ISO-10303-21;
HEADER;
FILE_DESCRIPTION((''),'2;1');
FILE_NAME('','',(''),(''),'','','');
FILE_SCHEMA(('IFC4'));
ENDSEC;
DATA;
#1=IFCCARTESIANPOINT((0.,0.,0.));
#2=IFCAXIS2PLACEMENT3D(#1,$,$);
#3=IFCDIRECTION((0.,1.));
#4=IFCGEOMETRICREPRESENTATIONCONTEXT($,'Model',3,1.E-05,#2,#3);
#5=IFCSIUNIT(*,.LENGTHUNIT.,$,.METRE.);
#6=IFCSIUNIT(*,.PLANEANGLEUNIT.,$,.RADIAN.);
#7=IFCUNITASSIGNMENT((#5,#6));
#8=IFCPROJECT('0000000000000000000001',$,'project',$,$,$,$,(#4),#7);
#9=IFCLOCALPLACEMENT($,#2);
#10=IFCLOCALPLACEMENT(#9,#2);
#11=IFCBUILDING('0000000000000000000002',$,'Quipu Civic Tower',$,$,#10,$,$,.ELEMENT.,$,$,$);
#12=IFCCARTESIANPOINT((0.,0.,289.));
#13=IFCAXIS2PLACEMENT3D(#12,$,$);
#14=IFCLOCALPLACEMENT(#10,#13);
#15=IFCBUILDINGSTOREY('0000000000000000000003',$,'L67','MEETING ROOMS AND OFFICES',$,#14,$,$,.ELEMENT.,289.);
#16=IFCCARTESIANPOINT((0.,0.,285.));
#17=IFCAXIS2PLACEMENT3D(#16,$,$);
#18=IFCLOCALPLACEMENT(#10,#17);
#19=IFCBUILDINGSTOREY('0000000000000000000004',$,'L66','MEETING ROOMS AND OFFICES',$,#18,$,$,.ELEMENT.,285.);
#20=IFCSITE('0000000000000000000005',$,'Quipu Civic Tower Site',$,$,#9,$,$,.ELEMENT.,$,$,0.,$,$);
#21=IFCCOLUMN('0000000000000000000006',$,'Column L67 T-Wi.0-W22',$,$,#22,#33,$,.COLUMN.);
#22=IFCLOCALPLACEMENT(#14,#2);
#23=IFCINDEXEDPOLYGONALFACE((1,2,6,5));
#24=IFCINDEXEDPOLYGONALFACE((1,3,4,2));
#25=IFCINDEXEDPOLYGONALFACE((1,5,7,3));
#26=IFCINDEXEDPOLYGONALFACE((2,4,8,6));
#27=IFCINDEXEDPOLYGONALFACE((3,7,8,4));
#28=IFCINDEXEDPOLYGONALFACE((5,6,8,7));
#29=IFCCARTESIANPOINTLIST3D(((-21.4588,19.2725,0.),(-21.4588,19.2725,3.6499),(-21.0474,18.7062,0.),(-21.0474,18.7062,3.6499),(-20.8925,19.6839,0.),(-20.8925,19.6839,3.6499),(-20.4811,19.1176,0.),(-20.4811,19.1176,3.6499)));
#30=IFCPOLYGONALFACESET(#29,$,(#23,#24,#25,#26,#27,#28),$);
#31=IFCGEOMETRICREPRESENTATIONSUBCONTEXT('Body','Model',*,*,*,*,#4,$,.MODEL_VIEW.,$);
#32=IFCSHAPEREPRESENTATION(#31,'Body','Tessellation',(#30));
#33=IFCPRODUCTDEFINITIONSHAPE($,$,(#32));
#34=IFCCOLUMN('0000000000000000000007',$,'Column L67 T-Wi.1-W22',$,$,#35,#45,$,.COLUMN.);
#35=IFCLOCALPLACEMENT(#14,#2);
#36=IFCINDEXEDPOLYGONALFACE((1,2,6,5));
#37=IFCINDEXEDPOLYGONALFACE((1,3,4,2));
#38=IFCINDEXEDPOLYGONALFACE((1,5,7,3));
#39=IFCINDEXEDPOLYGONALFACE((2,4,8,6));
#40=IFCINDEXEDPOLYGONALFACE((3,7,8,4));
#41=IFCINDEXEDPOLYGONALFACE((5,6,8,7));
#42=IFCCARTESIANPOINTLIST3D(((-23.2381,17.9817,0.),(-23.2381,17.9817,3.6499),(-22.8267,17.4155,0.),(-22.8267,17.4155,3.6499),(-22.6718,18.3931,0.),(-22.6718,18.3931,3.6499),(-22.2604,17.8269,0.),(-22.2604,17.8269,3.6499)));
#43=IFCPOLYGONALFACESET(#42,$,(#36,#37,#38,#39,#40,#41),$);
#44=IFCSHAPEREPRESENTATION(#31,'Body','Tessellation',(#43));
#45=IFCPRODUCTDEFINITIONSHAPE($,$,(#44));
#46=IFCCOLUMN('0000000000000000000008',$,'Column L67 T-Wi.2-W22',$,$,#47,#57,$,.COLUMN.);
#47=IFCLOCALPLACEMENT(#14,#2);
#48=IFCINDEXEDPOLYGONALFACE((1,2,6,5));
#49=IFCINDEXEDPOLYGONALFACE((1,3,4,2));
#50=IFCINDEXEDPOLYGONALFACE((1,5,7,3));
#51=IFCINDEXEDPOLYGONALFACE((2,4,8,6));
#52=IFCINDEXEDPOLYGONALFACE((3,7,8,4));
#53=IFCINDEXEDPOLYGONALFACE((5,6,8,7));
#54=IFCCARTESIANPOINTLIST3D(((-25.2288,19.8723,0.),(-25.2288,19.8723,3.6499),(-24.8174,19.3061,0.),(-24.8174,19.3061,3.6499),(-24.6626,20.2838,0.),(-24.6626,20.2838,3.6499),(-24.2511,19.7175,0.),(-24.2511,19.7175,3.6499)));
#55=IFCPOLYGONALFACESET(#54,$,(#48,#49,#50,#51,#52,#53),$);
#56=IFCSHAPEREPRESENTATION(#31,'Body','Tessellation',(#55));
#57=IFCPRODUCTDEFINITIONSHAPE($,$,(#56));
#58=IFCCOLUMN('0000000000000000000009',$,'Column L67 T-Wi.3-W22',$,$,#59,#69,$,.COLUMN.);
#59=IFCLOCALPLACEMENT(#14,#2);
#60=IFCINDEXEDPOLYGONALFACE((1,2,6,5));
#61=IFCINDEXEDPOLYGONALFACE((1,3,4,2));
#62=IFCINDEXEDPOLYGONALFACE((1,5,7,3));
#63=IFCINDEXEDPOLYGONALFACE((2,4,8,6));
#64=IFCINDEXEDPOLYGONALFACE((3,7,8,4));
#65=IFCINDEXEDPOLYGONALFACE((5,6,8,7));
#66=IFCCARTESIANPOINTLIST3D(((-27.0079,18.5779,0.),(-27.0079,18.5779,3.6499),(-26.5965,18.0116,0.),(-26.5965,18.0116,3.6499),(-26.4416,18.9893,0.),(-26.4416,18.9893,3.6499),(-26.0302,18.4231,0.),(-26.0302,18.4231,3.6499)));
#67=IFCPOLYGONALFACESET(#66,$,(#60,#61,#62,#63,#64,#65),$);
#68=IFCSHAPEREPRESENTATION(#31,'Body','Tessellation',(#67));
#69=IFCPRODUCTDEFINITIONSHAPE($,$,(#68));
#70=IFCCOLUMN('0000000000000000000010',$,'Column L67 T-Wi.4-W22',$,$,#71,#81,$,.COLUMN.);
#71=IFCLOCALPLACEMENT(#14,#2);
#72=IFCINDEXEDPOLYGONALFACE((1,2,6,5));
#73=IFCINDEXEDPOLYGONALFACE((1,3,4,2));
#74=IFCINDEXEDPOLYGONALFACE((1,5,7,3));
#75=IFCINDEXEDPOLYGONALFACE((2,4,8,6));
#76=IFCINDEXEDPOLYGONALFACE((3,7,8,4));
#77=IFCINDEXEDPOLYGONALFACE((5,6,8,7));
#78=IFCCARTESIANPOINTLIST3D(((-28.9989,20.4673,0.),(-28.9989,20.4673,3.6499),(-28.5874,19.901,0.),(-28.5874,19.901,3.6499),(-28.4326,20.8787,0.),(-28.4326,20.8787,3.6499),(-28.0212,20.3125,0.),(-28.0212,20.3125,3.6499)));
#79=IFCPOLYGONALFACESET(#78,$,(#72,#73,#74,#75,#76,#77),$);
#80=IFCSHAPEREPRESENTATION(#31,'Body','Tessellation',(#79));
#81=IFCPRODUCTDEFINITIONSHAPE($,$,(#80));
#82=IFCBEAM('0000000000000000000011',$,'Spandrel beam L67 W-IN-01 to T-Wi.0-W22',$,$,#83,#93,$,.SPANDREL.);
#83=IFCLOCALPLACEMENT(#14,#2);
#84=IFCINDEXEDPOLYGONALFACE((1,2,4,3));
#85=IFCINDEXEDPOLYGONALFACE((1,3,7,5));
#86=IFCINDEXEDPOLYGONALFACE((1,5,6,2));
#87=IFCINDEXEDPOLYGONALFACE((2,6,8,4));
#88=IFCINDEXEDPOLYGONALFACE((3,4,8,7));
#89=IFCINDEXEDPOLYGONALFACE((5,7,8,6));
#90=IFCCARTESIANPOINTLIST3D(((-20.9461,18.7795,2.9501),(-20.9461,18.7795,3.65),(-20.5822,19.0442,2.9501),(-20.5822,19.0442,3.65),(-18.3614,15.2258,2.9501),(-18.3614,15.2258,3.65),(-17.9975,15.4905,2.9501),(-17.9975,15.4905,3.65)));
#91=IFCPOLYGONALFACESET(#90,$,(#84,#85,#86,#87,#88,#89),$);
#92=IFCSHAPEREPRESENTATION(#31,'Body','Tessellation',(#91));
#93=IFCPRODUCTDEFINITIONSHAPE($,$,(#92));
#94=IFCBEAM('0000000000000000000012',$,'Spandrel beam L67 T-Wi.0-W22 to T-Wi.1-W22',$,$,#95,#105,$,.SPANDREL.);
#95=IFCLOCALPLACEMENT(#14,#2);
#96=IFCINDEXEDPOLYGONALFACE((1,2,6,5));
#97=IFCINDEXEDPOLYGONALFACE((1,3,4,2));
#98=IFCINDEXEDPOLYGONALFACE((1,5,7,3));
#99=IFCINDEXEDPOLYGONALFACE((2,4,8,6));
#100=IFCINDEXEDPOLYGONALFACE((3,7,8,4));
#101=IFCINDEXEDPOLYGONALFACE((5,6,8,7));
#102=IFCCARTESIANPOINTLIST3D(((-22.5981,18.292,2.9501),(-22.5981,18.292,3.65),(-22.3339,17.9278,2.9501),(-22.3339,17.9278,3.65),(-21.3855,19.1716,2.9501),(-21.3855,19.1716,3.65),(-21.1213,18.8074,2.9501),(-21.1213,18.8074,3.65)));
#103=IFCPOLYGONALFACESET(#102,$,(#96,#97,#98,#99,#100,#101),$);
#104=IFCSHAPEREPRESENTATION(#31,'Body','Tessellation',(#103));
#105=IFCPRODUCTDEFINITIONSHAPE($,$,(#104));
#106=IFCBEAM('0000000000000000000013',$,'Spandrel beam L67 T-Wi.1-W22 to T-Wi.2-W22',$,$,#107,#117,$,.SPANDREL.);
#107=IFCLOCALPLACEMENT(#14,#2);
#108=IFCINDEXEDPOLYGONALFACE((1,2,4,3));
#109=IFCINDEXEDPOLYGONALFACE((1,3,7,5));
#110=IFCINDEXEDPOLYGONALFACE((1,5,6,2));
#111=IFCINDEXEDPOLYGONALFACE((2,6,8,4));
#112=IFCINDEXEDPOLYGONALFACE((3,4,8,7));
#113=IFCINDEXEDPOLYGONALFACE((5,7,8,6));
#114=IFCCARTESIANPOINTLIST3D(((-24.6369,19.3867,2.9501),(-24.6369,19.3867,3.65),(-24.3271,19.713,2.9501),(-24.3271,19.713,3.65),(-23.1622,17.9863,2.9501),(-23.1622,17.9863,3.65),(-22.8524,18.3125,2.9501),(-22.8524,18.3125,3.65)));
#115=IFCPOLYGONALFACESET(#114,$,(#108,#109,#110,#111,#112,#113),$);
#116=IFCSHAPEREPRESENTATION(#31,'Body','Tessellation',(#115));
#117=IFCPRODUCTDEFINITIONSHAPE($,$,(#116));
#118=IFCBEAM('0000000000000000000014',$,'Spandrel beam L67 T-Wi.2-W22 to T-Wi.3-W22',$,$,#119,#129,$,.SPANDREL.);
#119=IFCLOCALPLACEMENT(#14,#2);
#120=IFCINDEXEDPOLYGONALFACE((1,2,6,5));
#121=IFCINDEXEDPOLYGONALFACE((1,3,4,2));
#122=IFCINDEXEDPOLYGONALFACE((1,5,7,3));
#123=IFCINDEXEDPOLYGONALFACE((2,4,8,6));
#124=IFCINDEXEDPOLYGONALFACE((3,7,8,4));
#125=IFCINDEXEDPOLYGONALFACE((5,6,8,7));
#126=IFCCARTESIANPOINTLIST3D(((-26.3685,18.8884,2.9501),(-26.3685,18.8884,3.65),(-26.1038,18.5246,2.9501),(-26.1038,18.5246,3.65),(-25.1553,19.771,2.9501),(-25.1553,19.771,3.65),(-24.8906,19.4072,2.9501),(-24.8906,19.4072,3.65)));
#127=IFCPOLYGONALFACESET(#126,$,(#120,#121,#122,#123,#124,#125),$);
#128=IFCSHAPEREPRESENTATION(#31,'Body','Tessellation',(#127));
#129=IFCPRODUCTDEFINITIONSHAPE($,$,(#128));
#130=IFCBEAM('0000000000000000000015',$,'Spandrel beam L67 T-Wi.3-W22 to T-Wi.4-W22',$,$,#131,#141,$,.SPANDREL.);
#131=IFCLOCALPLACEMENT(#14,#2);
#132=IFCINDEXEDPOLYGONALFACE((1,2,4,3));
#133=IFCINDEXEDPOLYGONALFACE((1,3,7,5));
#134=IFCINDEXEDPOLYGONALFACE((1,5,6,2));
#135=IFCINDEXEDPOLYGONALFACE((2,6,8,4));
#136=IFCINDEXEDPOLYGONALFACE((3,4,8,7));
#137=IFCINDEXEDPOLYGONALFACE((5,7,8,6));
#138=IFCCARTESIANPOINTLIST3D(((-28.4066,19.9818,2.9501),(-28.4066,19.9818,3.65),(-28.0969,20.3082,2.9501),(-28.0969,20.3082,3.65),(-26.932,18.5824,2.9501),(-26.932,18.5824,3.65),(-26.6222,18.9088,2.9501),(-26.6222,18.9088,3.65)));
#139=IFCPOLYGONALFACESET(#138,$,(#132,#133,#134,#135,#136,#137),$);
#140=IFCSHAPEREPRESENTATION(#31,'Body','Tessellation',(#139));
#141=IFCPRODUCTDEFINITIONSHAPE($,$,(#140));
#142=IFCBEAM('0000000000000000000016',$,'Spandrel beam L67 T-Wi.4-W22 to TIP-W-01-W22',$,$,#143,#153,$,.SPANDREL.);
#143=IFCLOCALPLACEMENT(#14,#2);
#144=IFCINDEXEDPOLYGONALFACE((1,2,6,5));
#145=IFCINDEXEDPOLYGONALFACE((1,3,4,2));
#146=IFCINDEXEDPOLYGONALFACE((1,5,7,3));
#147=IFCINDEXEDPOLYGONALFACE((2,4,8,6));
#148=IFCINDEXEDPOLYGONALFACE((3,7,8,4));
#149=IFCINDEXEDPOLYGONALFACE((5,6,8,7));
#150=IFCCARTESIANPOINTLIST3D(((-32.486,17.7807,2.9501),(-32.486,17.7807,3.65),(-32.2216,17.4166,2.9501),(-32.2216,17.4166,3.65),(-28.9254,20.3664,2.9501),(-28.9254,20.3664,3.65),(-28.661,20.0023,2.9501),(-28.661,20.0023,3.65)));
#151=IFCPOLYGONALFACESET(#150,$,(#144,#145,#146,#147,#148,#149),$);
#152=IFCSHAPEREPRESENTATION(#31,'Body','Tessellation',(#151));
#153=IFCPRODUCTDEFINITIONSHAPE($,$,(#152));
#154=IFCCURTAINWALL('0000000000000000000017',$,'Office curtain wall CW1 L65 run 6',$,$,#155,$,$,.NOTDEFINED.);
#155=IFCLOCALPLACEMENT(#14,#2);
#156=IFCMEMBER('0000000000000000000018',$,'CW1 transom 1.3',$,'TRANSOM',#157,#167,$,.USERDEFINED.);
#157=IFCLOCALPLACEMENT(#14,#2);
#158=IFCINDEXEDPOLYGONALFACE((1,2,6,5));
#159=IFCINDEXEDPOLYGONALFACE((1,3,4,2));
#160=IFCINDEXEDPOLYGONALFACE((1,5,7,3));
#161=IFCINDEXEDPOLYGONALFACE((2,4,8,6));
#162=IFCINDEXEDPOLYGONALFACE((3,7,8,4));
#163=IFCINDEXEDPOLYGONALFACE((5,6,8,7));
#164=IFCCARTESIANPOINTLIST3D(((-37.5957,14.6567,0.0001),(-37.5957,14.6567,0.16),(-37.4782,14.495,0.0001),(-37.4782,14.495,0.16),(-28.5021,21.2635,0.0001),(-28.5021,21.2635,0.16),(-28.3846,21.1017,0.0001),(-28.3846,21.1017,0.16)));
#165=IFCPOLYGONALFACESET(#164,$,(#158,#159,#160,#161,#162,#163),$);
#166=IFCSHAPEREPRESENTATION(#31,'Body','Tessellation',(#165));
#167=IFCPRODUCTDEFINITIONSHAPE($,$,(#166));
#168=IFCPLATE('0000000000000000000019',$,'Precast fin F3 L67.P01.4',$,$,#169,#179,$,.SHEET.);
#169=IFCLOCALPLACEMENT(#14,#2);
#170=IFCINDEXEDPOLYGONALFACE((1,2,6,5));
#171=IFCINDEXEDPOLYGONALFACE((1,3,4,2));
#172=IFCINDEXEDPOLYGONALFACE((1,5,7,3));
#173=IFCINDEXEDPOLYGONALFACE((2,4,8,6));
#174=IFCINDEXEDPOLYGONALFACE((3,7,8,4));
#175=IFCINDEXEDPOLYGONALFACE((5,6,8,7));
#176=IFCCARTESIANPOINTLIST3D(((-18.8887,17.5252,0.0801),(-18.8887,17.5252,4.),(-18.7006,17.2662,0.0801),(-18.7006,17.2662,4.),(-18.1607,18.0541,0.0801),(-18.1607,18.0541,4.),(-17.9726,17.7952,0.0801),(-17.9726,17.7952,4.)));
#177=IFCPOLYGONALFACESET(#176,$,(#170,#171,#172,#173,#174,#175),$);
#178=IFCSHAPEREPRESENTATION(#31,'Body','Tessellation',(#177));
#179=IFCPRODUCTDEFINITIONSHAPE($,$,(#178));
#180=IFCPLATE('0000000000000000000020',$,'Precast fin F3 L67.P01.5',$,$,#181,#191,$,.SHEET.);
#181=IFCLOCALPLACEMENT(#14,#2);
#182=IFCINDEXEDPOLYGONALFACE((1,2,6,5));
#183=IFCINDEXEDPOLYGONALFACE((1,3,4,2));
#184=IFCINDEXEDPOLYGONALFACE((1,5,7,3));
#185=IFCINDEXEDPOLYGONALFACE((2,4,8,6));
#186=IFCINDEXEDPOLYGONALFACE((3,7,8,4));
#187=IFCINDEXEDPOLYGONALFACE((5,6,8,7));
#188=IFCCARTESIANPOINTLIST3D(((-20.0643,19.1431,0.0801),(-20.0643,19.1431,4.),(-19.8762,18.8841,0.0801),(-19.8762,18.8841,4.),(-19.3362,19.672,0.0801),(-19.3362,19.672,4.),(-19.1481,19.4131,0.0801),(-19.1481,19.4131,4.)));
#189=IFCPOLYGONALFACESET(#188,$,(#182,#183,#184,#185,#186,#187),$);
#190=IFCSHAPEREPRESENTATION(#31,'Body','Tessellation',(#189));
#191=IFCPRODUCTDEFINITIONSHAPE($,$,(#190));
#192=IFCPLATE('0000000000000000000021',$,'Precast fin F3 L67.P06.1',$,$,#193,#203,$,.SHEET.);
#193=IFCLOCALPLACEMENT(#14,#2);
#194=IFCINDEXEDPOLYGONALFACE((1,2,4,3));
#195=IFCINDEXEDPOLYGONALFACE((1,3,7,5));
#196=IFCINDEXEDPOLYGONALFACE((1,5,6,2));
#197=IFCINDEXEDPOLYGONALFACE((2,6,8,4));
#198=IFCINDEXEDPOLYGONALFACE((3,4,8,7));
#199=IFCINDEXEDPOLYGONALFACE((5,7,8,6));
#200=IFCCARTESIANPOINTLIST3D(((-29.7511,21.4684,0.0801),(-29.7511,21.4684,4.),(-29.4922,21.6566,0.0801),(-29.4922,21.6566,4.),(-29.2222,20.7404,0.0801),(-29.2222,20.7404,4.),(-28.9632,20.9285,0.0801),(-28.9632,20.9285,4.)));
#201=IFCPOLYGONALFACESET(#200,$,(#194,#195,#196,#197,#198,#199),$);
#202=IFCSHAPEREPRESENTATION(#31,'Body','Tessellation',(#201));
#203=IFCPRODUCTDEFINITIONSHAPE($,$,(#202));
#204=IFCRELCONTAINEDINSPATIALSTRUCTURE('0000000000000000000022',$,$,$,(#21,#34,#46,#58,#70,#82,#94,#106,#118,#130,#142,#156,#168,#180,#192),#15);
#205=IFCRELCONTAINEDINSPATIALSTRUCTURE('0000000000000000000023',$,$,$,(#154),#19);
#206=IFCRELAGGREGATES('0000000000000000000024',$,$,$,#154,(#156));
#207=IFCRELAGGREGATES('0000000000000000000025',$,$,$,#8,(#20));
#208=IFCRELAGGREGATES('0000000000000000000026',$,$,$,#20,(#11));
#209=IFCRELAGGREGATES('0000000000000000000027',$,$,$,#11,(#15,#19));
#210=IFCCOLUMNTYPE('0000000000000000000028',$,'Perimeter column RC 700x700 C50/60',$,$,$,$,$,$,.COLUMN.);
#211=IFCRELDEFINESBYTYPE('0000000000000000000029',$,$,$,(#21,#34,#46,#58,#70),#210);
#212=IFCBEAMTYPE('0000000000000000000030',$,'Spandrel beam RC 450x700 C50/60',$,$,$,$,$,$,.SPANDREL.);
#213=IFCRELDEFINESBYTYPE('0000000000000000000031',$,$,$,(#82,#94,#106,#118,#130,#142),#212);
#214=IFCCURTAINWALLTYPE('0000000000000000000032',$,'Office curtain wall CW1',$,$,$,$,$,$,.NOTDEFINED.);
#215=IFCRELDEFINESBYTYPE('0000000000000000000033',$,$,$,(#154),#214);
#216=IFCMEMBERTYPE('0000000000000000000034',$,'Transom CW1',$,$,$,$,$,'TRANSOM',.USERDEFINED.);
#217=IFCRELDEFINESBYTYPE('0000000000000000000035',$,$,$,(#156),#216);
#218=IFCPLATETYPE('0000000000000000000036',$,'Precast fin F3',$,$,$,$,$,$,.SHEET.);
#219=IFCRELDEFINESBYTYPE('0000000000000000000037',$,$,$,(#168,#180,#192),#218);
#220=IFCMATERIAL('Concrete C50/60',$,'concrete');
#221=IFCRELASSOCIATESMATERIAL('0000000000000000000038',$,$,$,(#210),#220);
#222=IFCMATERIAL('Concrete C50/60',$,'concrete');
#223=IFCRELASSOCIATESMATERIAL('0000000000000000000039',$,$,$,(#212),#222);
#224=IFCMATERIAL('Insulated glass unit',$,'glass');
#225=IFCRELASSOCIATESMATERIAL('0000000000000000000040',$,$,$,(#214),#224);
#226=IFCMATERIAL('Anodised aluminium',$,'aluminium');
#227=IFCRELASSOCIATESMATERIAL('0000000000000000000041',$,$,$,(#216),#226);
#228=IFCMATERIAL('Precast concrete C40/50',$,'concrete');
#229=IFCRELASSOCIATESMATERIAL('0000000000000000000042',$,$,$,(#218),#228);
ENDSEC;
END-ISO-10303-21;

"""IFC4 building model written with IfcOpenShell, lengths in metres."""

from ifc_helpers import new_model, si_unit, direction, frame, origin, origin_2d, place, context, subcontext, project, spatial, rectangle, extrude, material, material_profile, profile_set, type_object, element, aggregate, save


model = new_model("IFC4")

# Units and contexts
model_context = context("Model", 3, precision=1e-05, world=origin(), true_north=direction((0.0, 1.0)))
body_context = subcontext(model_context, "Body", "Model", "MODEL_VIEW")
ifc_project = project(units=[si_unit("LENGTHUNIT", "METRE"), si_unit("PLANEANGLEUNIT", "RADIAN")], contexts=[model_context])

# Site, building, storey
site_placement = place(None, origin())
site = spatial("IfcSite", under=ifc_project, at=site_placement, Name="Quipu Civic Tower Site", CompositionType="ELEMENT", RefElevation=0.0)
building_placement = place(site_placement, origin())
building = spatial("IfcBuilding", under=site, at=building_placement, Name="Quipu Civic Tower", CompositionType="ELEMENT")
storey_1_placement = place(building_placement, frame((0.0, 0.0, 289.0)))
storey_1 = spatial("IfcBuildingStorey", under=building, at=storey_1_placement, Name="L67", Description="MEETING ROOMS AND OFFICES", CompositionType="ELEMENT", Elevation=289.0)

# Columns
ifc_material_1 = material(Name="Concrete C50/60", Category="concrete")
ifc_material_profile_1 = material_profile(ifc_material_1, rectangle(XDim=0.7, YDim=0.7, at=origin_2d()), Name="RC700x700")
ifc_profile_set_1 = profile_set([ifc_material_profile_1], Name="Concrete C50/60")
column_type = type_object("IfcColumnType", Name="Perimeter column RC 700x700 C50/60", PredefinedType="COLUMN", material=ifc_profile_set_1)
for number, where, z_axis, x_axis, name in (
    (1, (-20.97, 19.1951, 0.0), (0.0, 0.0, 1.0), (-0.587785, 0.809017, 0.0), "Column L67 T-Wi.0-W22"),
    (2, (-22.7493, 17.9043, 0.0), (0.0, 0.0, 1.0), (-0.587785, 0.809017, 0.0), "Column L67 T-Wi.1-W22"),
    (3, (-24.74, 19.7949, 0.0), (0.0, 0.0, 1.0), (-0.587785, 0.809017, 0.0), "Column L67 T-Wi.2-W22"),
    (4, (-26.519, 18.5005, 0.0), (0.0, 0.0, 1.0), (-0.587785, 0.809017, 0.0), "Column L67 T-Wi.3-W22"),
    (5, (-28.51, 20.3899, 0.0), (0.0, 0.0, 1.0), (-0.809017, -0.587785, 0.0), "Column L67 T-Wi.4-W22"),
):
    element("IfcColumn", number, at=place(storey_1_placement, frame(where, z_axis=z_axis, x_axis=x_axis)), inside=storey_1, type_object=column_type, Name=name, PredefinedType="COLUMN", context=body_context, shape_type="SweptSolid", body=[
        extrude(rectangle(XDim=0.7, YDim=0.7, at=origin_2d()), origin(), (0.0, 0.0, 1.0), 3.6499),
    ])

# Beams
ifc_material_2 = material(Name="Concrete C50/60", Category="concrete")
ifc_material_profile_2 = material_profile(ifc_material_2, rectangle(XDim=0.45, YDim=0.7, at=origin_2d()), Name="RC450x700")
ifc_profile_set_2 = profile_set([ifc_material_profile_2], Name="Concrete C50/60")
beam_type = type_object("IfcBeamType", Name="Spandrel beam RC 450x700 C50/60", PredefinedType="SPANDREL", material=ifc_profile_set_2)
beam_1_placement = place(storey_1_placement, frame((-18.1794, 15.3582, 3.3), z_axis=(-0.588201, 0.808714, 0.0), x_axis=(-0.808714, -0.588201, 0.0)))
element("IfcBeam", 6, at=beam_1_placement, inside=storey_1, type_object=beam_type, Name="Spandrel beam L67 W-IN-01 to T-Wi.0-W22", PredefinedType="SPANDREL", context=body_context, shape_type="SweptSolid", body=[
    extrude(rectangle(XDim=0.45, YDim=0.7, at=origin_2d()), origin(), (0.0, 0.0, 1.0), 4.3943),
])
beam_2_placement = place(storey_1_placement, frame((-21.2534, 18.9895, 3.3), z_axis=(-0.809461, -0.587173, 0.0), x_axis=(0.587173, -0.809461, 0.0)))
element("IfcBeam", 7, at=beam_2_placement, inside=storey_1, type_object=beam_type, Name="Spandrel beam L67 T-Wi.0-W22 to T-Wi.1-W22", PredefinedType="SPANDREL", context=body_context, shape_type="SweptSolid", body=[
    extrude(rectangle(XDim=0.45, YDim=0.7, at=origin_2d()), origin(), (0.0, 0.0, 1.0), 1.498),
])
beam_3_placement = place(storey_1_placement, frame((-23.0073, 18.1494, 3.3), z_axis=(-0.725119, 0.688623, 0.0), x_axis=(-0.688623, -0.725119, 0.0)))
element("IfcBeam", 8, at=beam_3_placement, inside=storey_1, type_object=beam_type, Name="Spandrel beam L67 T-Wi.1-W22 to T-Wi.2-W22", PredefinedType="SPANDREL", context=body_context, shape_type="SweptSolid", body=[
    extrude(rectangle(XDim=0.45, YDim=0.7, at=origin_2d()), origin(), (0.0, 0.0, 1.0), 2.0337),
])
beam_4_placement = place(storey_1_placement, frame((-25.0229, 19.5891, 3.3), z_axis=(-0.808645, -0.588297, 0.0), x_axis=(0.588297, -0.808645, 0.0)))
element("IfcBeam", 9, at=beam_4_placement, inside=storey_1, type_object=beam_type, Name="Spandrel beam L67 T-Wi.2-W22 to T-Wi.3-W22", PredefinedType="SPANDREL", context=body_context, shape_type="SweptSolid", body=[
    extrude(rectangle(XDim=0.45, YDim=0.7, at=origin_2d()), origin(), (0.0, 0.0, 1.0), 1.5002),
])
beam_5_placement = place(storey_1_placement, frame((-26.7771, 18.7456, 3.3), z_axis=(-0.725359, 0.688371, 0.0), x_axis=(-0.688371, -0.725359, 0.0)))
element("IfcBeam", 10, at=beam_5_placement, inside=storey_1, type_object=beam_type, Name="Spandrel beam L67 T-Wi.3-W22 to T-Wi.4-W22", PredefinedType="SPANDREL", context=body_context, shape_type="SweptSolid", body=[
    extrude(rectangle(XDim=0.45, YDim=0.7, at=origin_2d()), origin(), (0.0, 0.0, 1.0), 2.033),
])
beam_6_placement = place(storey_1_placement, frame((-28.7932, 20.1843, 3.3), z_axis=(-0.809146, -0.587607, 0.0), x_axis=(0.587607, -0.809146, 0.0)))
element("IfcBeam", 11, at=beam_6_placement, inside=storey_1, type_object=beam_type, Name="Spandrel beam L67 T-Wi.4-W22 to TIP-W-01-W22", PredefinedType="SPANDREL", context=body_context, shape_type="SweptSolid", body=[
    extrude(rectangle(XDim=0.45, YDim=0.7, at=origin_2d()), origin(), (0.0, 0.0, 1.0), 4.4004),
])

# Shared definitions
storey_2_placement = place(building_placement, frame((0.0, 0.0, 285.0)))
storey_2 = spatial("IfcBuildingStorey", under=building, at=storey_2_placement, Name="L66", Description="MEETING ROOMS AND OFFICES", CompositionType="ELEMENT", Elevation=285.0)

# Curtain wall, member
ifc_material_3 = material(Name="Insulated glass unit", Category="glass")
curtain_wall_type = type_object("IfcCurtainWallType", Name="Office curtain wall CW1", PredefinedType="NOTDEFINED", material=ifc_material_3)
curtain_wall_placement = place(storey_2_placement, origin())
curtain_wall = element("IfcCurtainWall", 12, at=curtain_wall_placement, inside=storey_2, type_object=curtain_wall_type, Name="Office curtain wall CW1 L65 run 6", PredefinedType="NOTDEFINED")
ifc_material_4 = material(Name="Anodised aluminium", Category="aluminium")
ifc_material_profile_3 = material_profile(ifc_material_4, rectangle(XDim=0.2, YDim=0.1599, at=origin_2d()), Name="RECT 200x160")
ifc_profile_set_3 = profile_set([ifc_material_profile_3], Name="Anodised aluminium")
member_type = type_object("IfcMemberType", Name="Transom CW1", ElementType="TRANSOM", PredefinedType="USERDEFINED", material=ifc_profile_set_3)
member_placement = place(storey_1_placement, frame((-28.4434, 21.1826, 0.0801), z_axis=(-0.809022, -0.587778, 0.0), x_axis=(0.587778, -0.809022, 0.0)))
member = element("IfcMember", 13, at=member_placement, inside=storey_1, type_object=member_type, Name="CW1 transom 1.3", ObjectType="TRANSOM", PredefinedType="USERDEFINED", context=body_context, shape_type="SweptSolid", body=[
    extrude(rectangle(XDim=0.2, YDim=0.1599, at=origin_2d()), origin(), (0.0, 0.0, 1.0), 11.2402),
])
aggregate(curtain_wall, [member])

# Plates
ifc_material_5 = material(Name="Precast concrete C40/50", Category="concrete")
plate_type = type_object("IfcPlateType", Name="Precast fin F3", PredefinedType="SHEET", material=ifc_material_5)
for number, where, z_axis, x_axis, name in (
    (14, (-18.4307, 17.6602, 0.0801), (0.0, 0.0, 1.0), (-0.587784, 0.809018, 0.0), "Precast fin F3 L67.P01.4"),
    (15, (-19.6062, 19.2781, 0.0801), (0.0, 0.0, 1.0), (-0.587784, 0.809018, 0.0), "Precast fin F3 L67.P01.5"),
    (16, (-29.3572, 21.1985, 0.0801), (0.0, 0.0, 1.0), (-0.809017, -0.587785, 0.0), "Precast fin F3 L67.P06.1"),
):
    element("IfcPlate", number, at=place(storey_1_placement, frame(where, z_axis=z_axis, x_axis=x_axis)), inside=storey_1, type_object=plate_type, Name=name, PredefinedType="SHEET", context=body_context, shape_type="SweptSolid", body=[
        extrude(rectangle(XDim=0.3201, YDim=0.8999, at=origin_2d()), origin(), (0.0, 0.0, 1.0), 3.9199),
    ])

save(model, "model.ifc")
